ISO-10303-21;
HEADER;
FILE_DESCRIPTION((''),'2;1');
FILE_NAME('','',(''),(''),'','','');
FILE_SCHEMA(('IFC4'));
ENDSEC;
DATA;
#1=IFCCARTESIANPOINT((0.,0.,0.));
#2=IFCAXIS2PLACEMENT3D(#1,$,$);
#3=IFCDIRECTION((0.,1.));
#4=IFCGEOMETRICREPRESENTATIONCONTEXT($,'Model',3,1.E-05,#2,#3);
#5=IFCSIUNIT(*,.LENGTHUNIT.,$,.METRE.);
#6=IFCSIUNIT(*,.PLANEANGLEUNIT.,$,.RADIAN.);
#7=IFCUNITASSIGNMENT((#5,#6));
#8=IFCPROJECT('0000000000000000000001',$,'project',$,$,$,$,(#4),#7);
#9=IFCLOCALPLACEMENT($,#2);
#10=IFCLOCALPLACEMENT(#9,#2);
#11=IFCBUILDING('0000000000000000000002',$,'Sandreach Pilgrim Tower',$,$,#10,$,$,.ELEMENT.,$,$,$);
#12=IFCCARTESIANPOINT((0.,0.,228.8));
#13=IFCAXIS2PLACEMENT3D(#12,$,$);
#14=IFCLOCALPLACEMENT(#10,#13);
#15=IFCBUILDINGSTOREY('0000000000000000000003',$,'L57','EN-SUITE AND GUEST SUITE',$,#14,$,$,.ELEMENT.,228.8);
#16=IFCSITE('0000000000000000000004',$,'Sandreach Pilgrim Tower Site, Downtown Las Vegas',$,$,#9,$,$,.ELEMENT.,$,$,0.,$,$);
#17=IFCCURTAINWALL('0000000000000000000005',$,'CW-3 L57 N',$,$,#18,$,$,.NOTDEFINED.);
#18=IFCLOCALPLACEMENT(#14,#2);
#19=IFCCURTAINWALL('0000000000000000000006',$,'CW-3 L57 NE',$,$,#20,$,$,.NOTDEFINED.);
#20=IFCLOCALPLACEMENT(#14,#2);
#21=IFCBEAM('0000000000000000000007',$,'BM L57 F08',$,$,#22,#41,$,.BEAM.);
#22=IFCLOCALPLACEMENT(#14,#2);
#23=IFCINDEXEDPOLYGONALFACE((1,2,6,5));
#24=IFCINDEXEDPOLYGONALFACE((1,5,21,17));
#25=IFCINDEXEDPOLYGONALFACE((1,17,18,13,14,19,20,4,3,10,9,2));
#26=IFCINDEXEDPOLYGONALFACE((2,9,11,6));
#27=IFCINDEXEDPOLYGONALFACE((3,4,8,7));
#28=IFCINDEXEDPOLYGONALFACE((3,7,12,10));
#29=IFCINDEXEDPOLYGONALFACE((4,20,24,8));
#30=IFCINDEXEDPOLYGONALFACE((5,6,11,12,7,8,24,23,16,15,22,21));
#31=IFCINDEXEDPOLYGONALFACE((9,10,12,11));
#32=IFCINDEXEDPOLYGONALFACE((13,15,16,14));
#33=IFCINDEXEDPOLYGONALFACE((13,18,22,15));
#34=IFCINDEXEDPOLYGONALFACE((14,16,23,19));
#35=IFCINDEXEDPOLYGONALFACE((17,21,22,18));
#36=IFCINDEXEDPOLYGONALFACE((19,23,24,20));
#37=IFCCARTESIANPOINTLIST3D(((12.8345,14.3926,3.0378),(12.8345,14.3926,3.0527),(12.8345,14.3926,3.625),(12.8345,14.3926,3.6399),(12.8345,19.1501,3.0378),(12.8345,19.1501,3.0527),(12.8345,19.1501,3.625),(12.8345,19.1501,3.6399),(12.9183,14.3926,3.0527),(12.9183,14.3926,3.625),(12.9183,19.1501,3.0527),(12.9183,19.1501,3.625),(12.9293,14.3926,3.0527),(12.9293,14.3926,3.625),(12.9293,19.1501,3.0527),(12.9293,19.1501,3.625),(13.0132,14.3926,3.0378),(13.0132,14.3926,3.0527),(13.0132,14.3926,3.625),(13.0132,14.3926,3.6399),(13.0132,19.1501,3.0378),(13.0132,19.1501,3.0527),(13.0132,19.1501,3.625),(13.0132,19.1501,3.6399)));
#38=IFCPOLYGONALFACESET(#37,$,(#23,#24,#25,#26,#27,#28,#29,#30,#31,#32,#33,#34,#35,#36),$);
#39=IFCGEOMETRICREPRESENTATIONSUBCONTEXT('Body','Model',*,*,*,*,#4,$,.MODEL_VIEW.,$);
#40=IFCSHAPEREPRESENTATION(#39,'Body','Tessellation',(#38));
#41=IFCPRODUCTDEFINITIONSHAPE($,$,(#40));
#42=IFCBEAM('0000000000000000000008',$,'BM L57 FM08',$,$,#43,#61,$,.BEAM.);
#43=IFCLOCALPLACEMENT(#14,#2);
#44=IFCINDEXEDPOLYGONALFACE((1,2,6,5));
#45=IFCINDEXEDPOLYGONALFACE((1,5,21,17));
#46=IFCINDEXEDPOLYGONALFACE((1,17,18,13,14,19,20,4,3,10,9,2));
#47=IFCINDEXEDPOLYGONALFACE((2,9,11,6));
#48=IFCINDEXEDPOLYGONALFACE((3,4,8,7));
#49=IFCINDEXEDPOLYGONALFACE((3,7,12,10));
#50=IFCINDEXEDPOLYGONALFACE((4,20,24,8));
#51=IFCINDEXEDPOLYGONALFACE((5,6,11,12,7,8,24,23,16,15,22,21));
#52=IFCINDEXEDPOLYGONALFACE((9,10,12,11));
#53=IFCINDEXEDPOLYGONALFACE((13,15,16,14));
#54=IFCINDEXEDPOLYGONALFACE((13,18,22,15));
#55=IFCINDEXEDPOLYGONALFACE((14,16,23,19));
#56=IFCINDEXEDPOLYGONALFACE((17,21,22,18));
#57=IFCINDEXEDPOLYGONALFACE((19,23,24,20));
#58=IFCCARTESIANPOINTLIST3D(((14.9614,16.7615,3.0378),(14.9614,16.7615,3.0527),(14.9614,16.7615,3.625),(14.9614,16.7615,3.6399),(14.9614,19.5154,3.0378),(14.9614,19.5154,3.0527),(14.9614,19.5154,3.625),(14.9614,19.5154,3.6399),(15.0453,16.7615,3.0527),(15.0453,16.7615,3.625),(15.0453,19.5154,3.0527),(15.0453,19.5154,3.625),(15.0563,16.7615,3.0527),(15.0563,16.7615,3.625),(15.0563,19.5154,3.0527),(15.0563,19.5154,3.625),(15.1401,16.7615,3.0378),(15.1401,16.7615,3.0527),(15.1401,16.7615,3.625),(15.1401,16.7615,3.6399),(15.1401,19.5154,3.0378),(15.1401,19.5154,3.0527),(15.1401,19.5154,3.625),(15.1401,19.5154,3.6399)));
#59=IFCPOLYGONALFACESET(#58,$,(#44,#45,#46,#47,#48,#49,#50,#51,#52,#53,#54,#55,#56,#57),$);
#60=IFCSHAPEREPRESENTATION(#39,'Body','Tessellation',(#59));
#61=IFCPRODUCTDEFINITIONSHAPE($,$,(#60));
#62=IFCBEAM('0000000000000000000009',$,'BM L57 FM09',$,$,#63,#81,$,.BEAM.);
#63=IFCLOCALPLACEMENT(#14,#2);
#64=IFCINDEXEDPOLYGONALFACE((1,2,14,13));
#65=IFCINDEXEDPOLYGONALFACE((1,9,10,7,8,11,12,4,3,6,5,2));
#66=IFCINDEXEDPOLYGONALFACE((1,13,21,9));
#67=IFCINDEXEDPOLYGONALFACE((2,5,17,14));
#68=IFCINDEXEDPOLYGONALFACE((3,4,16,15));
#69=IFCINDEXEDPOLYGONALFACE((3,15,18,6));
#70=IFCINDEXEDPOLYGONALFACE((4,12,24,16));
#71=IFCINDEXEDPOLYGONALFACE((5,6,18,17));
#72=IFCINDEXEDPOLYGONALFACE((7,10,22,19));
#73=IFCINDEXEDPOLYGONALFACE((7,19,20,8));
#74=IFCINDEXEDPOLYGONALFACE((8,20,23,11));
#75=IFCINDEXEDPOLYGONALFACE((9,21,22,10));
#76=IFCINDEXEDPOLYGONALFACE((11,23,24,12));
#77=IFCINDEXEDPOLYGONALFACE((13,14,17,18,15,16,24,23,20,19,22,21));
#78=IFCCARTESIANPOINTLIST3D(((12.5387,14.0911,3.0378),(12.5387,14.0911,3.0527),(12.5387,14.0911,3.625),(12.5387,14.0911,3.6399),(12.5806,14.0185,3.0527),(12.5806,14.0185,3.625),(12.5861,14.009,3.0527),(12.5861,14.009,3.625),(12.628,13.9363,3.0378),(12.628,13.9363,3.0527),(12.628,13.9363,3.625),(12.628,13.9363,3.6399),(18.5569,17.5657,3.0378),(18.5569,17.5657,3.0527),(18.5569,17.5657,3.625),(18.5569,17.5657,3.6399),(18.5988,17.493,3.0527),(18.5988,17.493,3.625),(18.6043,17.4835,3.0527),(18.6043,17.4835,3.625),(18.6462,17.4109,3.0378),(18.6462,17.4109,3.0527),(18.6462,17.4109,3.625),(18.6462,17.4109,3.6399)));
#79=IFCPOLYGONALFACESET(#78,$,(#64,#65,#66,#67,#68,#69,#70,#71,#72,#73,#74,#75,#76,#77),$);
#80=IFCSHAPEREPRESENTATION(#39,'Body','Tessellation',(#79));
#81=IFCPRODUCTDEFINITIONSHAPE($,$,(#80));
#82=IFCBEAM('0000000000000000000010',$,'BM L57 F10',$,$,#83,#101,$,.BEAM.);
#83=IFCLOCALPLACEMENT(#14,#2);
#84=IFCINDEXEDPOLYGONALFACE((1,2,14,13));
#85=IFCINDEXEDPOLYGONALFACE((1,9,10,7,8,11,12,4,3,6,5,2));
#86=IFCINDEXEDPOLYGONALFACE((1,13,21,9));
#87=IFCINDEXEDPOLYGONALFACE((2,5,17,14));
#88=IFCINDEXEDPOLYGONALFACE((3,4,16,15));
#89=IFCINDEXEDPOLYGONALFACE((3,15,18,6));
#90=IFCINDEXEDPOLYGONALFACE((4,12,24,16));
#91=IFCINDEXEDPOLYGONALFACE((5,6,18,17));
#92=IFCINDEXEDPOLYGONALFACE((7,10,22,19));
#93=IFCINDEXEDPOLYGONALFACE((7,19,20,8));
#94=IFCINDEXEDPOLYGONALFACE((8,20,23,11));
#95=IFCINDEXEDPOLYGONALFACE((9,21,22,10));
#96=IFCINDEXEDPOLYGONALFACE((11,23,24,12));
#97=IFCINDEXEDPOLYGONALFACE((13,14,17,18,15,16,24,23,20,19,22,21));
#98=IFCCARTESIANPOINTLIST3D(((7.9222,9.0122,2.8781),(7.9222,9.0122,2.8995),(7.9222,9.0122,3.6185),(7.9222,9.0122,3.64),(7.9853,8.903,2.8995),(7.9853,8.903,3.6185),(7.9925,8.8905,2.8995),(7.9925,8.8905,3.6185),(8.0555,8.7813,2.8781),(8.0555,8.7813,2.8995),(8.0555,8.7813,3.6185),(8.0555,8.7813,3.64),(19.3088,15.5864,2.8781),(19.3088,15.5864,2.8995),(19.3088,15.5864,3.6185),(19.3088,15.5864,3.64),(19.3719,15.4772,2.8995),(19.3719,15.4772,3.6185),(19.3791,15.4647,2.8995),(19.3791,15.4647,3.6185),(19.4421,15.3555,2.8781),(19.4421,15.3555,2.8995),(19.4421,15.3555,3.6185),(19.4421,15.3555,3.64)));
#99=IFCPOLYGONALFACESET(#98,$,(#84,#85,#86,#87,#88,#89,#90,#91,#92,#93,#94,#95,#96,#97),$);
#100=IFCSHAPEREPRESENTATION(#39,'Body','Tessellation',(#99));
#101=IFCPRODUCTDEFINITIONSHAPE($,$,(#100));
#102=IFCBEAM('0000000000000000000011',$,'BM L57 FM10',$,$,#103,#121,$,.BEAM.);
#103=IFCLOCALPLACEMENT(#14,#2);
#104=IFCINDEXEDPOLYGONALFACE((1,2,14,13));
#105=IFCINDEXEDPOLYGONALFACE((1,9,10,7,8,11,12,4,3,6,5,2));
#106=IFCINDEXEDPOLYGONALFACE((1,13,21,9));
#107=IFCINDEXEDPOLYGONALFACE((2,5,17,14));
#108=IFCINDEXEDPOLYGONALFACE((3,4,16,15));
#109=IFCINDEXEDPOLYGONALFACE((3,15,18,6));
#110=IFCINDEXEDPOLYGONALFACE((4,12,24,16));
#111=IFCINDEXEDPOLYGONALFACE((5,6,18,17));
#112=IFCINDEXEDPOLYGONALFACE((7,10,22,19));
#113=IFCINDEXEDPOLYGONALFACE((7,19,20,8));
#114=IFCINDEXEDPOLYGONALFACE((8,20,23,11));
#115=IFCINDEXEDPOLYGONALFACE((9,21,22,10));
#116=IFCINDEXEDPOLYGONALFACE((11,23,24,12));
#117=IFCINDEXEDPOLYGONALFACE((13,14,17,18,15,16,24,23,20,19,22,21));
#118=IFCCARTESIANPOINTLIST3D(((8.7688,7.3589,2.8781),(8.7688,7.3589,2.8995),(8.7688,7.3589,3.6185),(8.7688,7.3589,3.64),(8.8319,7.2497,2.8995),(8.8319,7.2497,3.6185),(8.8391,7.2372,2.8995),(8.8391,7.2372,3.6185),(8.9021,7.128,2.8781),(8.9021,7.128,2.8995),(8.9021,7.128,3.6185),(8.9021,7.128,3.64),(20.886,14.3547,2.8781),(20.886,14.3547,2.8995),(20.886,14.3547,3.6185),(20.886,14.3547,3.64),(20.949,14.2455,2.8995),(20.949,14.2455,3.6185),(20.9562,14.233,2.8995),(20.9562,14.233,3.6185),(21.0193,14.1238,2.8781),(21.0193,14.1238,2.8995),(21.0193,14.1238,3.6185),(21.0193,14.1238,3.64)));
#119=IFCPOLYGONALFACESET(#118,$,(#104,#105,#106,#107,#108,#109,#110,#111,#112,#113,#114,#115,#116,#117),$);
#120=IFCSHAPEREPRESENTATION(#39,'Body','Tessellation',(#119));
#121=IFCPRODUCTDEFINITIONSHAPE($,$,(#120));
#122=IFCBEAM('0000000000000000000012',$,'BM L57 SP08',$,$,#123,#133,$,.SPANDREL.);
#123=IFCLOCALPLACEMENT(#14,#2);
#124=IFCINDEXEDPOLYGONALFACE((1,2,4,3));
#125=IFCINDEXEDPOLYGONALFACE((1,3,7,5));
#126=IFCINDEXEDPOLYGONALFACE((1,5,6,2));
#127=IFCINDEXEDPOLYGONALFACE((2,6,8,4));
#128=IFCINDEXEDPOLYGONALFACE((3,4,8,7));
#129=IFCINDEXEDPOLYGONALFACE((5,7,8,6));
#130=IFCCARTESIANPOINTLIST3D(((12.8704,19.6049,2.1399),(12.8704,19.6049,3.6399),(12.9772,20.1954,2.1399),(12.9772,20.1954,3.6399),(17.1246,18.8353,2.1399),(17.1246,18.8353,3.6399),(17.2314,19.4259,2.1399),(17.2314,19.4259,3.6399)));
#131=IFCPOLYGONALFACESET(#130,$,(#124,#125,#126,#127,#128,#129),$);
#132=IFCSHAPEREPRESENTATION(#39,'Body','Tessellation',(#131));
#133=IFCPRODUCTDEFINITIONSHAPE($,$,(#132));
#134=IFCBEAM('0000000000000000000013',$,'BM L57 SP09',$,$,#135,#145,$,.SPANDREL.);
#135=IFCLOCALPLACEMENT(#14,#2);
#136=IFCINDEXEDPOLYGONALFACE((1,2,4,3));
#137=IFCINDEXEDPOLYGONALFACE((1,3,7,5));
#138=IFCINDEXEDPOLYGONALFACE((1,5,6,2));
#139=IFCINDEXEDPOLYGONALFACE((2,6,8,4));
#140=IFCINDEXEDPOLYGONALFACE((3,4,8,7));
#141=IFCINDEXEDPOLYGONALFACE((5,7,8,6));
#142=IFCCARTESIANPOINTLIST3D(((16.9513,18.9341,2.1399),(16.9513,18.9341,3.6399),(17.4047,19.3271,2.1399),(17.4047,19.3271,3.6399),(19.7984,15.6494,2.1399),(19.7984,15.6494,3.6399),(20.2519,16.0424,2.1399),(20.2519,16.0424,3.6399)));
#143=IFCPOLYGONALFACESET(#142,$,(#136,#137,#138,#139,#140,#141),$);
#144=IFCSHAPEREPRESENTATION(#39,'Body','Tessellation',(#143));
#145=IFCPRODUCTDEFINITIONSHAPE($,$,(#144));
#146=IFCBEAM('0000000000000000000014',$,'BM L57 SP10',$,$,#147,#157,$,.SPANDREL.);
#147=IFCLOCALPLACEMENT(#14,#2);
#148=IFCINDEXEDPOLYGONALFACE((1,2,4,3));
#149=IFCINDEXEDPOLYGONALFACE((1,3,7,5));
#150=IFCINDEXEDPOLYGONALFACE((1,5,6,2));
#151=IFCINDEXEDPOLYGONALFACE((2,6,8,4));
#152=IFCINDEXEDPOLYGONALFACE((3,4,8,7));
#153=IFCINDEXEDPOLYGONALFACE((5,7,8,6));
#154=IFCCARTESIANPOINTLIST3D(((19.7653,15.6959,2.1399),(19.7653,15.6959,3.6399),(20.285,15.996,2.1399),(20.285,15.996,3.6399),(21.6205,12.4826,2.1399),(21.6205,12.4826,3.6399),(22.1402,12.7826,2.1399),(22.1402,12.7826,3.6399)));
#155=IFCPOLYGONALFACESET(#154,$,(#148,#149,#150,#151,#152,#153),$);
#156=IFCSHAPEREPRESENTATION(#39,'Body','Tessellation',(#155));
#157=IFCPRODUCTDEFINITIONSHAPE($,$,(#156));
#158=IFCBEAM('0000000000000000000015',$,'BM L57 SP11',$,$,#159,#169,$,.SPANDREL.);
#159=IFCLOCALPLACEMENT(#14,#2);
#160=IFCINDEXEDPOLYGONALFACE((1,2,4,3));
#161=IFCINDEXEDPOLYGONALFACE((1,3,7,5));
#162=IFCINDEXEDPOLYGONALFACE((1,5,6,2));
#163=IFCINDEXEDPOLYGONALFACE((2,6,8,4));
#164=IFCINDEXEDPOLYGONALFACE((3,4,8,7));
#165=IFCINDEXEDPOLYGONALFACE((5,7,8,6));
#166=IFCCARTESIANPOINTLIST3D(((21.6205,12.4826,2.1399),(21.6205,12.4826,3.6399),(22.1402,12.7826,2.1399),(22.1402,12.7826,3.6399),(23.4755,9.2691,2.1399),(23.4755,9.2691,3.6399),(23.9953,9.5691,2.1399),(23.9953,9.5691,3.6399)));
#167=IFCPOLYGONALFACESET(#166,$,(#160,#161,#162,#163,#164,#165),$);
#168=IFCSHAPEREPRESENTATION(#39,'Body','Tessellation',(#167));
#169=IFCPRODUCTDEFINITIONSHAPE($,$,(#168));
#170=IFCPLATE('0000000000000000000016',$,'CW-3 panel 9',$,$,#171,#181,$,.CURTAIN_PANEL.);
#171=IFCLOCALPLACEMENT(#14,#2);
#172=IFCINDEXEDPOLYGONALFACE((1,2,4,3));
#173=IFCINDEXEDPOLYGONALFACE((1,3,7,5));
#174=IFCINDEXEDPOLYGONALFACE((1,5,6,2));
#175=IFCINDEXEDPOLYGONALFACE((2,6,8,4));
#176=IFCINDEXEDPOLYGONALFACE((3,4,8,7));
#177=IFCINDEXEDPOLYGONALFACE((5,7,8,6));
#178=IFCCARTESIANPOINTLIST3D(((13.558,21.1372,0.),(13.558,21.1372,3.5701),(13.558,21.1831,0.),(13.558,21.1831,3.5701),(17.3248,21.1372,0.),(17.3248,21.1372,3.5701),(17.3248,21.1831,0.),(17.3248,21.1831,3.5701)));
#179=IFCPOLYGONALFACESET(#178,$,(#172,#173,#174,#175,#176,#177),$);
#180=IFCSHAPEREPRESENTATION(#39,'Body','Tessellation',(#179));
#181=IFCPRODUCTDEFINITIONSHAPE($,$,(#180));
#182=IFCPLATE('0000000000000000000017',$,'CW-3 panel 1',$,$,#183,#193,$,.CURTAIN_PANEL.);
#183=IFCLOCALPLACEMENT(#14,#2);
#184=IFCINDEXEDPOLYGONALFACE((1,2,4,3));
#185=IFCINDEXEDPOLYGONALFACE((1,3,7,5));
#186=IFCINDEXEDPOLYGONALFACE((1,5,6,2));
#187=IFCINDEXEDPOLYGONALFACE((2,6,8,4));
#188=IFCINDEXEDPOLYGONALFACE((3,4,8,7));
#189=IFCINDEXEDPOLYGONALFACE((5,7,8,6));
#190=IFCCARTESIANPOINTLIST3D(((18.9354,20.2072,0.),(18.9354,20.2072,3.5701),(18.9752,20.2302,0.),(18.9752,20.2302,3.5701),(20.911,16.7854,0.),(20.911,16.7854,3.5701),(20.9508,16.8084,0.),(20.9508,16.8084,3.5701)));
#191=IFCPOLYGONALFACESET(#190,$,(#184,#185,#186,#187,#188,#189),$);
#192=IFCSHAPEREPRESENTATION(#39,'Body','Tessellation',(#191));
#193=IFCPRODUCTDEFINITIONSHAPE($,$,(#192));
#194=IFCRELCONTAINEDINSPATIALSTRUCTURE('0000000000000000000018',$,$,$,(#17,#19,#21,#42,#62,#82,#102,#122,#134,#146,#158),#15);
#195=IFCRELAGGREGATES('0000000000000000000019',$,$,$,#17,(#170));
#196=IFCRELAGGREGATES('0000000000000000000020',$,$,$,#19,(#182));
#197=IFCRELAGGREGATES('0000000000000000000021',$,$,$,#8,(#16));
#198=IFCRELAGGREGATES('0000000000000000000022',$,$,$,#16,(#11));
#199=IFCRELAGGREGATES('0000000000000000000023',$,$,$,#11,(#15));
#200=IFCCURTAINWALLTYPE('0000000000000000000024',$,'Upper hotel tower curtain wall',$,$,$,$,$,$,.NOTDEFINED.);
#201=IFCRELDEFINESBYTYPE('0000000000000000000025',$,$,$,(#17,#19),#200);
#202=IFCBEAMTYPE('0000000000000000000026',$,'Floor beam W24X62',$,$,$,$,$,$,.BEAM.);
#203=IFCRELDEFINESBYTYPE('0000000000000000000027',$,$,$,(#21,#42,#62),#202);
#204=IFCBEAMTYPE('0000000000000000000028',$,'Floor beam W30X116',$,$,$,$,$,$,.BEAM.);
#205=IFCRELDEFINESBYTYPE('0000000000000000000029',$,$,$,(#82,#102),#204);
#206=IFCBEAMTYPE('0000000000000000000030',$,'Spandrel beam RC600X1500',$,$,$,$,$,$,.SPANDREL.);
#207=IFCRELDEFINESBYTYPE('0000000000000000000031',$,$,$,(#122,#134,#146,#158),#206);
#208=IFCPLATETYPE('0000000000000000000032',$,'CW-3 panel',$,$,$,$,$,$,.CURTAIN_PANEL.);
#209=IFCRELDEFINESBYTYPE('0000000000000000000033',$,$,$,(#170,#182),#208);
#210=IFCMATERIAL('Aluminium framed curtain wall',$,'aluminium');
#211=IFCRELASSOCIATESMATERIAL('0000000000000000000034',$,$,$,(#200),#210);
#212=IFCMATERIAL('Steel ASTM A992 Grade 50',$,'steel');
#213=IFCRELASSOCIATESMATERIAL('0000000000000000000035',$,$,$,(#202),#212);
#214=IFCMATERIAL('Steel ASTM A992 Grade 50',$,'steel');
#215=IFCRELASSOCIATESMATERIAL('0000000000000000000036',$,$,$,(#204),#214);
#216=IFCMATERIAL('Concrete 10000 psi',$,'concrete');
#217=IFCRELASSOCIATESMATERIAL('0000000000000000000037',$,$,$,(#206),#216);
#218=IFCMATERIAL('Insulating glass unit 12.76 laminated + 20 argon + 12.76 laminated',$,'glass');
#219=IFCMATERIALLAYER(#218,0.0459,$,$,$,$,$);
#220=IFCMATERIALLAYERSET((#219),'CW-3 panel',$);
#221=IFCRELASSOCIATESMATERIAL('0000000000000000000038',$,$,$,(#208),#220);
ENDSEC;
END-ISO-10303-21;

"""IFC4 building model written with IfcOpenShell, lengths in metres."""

from ifc_helpers import new_model, si_unit, direction, frame, origin, origin_2d, place, context, subcontext, project, spatial, rectangle, i_section, extrude, material, layer, layer_set, material_profile, profile_set, type_object, element, aggregate, save


model = new_model("IFC4")

# Units and contexts
model_context = context("Model", 3, precision=1e-05, world=origin(), true_north=direction((0.0, 1.0)))
body_context = subcontext(model_context, "Body", "Model", "MODEL_VIEW")
ifc_project = project(units=[si_unit("LENGTHUNIT", "METRE"), si_unit("PLANEANGLEUNIT", "RADIAN")], contexts=[model_context])

# Site, building, storey
site_placement = place(None, origin())
site = spatial("IfcSite", under=ifc_project, at=site_placement, Name="Sandreach Pilgrim Tower Site, Downtown Las Vegas", CompositionType="ELEMENT", RefElevation=0.0)
building_placement = place(site_placement, origin())
building = spatial("IfcBuilding", under=site, at=building_placement, Name="Sandreach Pilgrim Tower", CompositionType="ELEMENT")
storey_placement = place(building_placement, frame((0.0, 0.0, 228.8)))
storey = spatial("IfcBuildingStorey", under=building, at=storey_placement, Name="L57", Description="EN-SUITE AND GUEST SUITE", CompositionType="ELEMENT", Elevation=228.8)

# Curtain walls
ifc_material_1 = material(Name="Aluminium framed curtain wall", Category="aluminium")
curtain_wall_type = type_object("IfcCurtainWallType", Name="Upper hotel tower curtain wall", PredefinedType="NOTDEFINED", material=ifc_material_1)
curtain_wall_1_placement = place(storey_placement, origin())
curtain_wall_1 = element("IfcCurtainWall", 1, at=curtain_wall_1_placement, inside=storey, type_object=curtain_wall_type, Name="CW-3 L57 N", PredefinedType="NOTDEFINED")
curtain_wall_2_placement = place(storey_placement, origin())
curtain_wall_2 = element("IfcCurtainWall", 2, at=curtain_wall_2_placement, inside=storey, type_object=curtain_wall_type, Name="CW-3 L57 NE", PredefinedType="NOTDEFINED")

# Beams
ifc_material_2 = material(Name="Steel ASTM A992 Grade 50", Category="steel")
ifc_material_profile_1 = material_profile(ifc_material_2, i_section(OverallWidth=0.1787, OverallDepth=0.6021, WebThickness=0.011, FlangeThickness=0.0149, at=origin_2d()), Name="W24X62")
ifc_profile_set_1 = profile_set([ifc_material_profile_1], Name="Steel ASTM A992 Grade 50")
beam_type_1 = type_object("IfcBeamType", Name="Floor beam W24X62", PredefinedType="BEAM", material=ifc_profile_set_1)
beam_1_placement = place(storey_placement, frame((12.9238, 19.1501, 3.3389), z_axis=(0.0, -1.0, 0.0), x_axis=(1.0, 0.0, 0.0)))
element("IfcBeam", 3, at=beam_1_placement, inside=storey, type_object=beam_type_1, Name="BM L57 F08", PredefinedType="BEAM", context=body_context, shape_type="SweptSolid", body=[
    extrude(i_section(OverallWidth=0.1787, OverallDepth=0.6021, WebThickness=0.011, FlangeThickness=0.0149, at=origin_2d()), origin(), (0.0, 0.0, 1.0), 4.7576),
])
beam_2_placement = place(storey_placement, frame((15.0508, 19.5154, 3.3389), z_axis=(0.0, -1.0, 0.0), x_axis=(1.0, 0.0, 0.0)))
element("IfcBeam", 4, at=beam_2_placement, inside=storey, type_object=beam_type_1, Name="BM L57 FM08", PredefinedType="BEAM", context=body_context, shape_type="SweptSolid", body=[
    extrude(i_section(OverallWidth=0.1787, OverallDepth=0.6021, WebThickness=0.011, FlangeThickness=0.0149, at=origin_2d()), origin(), (0.0, 0.0, 1.0), 2.7539),
])
beam_3_placement = place(storey_placement, frame((18.6016, 17.4883, 3.3389), z_axis=(-0.866029, -0.499993, 0.0), x_axis=(0.499993, -0.866029, 0.0)))
element("IfcBeam", 5, at=beam_3_placement, inside=storey, type_object=beam_type_1, Name="BM L57 FM09", PredefinedType="BEAM", context=body_context, shape_type="SweptSolid", body=[
    extrude(i_section(OverallWidth=0.1787, OverallDepth=0.6021, WebThickness=0.011, FlangeThickness=0.0149, at=origin_2d()), origin(), (0.0, 0.0, 1.0), 6.9492),
])
ifc_material_3 = material(Name="Steel ASTM A992 Grade 50", Category="steel")
ifc_material_profile_2 = material_profile(ifc_material_3, i_section(OverallWidth=0.2666, OverallDepth=0.762, WebThickness=0.0144, FlangeThickness=0.0215, at=origin_2d()), Name="W30X116")
ifc_profile_set_2 = profile_set([ifc_material_profile_2], Name="Steel ASTM A992 Grade 50")
beam_type_2 = type_object("IfcBeamType", Name="Floor beam W30X116", PredefinedType="BEAM", material=ifc_profile_set_2)
beam_4_placement = place(storey_placement, frame((19.3755, 15.4709, 3.259), z_axis=(-0.866022, -0.500005, 0.0), x_axis=(0.500005, -0.866022, 0.0)))
element("IfcBeam", 6, at=beam_4_placement, inside=storey, type_object=beam_type_2, Name="BM L57 F10", PredefinedType="BEAM", context=body_context, shape_type="SweptSolid", body=[
    extrude(i_section(OverallWidth=0.2666, OverallDepth=0.762, WebThickness=0.0144, FlangeThickness=0.0215, at=origin_2d()), origin(), (0.0, 0.0, 1.0), 13.1482),
])
beam_5_placement = place(storey_placement, frame((20.9526, 14.2393, 3.259), z_axis=(-0.866026, -0.499999, 0.0), x_axis=(0.499999, -0.866026, 0.0)))
element("IfcBeam", 7, at=beam_5_placement, inside=storey, type_object=beam_type_2, Name="BM L57 FM10", PredefinedType="BEAM", context=body_context, shape_type="SweptSolid", body=[
    extrude(i_section(OverallWidth=0.2666, OverallDepth=0.762, WebThickness=0.0144, FlangeThickness=0.0215, at=origin_2d()), origin(), (0.0, 0.0, 1.0), 13.9917),
])
ifc_material_4 = material(Name="Concrete 10000 psi", Category="concrete")
ifc_material_profile_3 = material_profile(ifc_material_4, rectangle(XDim=0.6001, YDim=1.5, at=origin_2d()), Name="RC600X1500")
ifc_profile_set_3 = profile_set([ifc_material_profile_3], Name="Concrete 10000 psi")
beam_type_3 = type_object("IfcBeamType", Name="Spandrel beam RC600X1500", PredefinedType="SPANDREL", material=ifc_profile_set_3)
beam_6_placement = place(storey_placement, frame((12.9238, 19.9001, 2.8899), z_axis=(0.98403, -0.178001, 0.0), x_axis=(0.178001, 0.98403, 0.0)))
element("IfcBeam", 8, at=beam_6_placement, inside=storey, type_object=beam_type_3, Name="BM L57 SP08", PredefinedType="SPANDREL", context=body_context, shape_type="SweptSolid", body=[
    extrude(rectangle(XDim=0.6001, YDim=1.5, at=origin_2d()), origin(), (0.0, 0.0, 1.0), 4.3232),
])
beam_7_placement = place(storey_placement, frame((17.178, 19.1306, 2.8899), z_axis=(0.65499, -0.755637, 0.0), x_axis=(0.755637, 0.65499, 0.0)))
element("IfcBeam", 9, at=beam_7_placement, inside=storey, type_object=beam_type_3, Name="BM L57 SP09", PredefinedType="SPANDREL", context=body_context, shape_type="SweptSolid", body=[
    extrude(rectangle(XDim=0.6001, YDim=1.5, at=origin_2d()), origin(), (0.0, 0.0, 1.0), 4.3469),
])
for number, where, z_axis, x_axis, name in (
    (10, (20.0251, 15.8459, 2.8899), (0.499996, -0.866028, 0.0), (0.866028, 0.499996, 0.0), "BM L57 SP10"),
    (11, (21.8804, 12.6326, 2.8899), (0.499946, -0.866056, 0.0), (0.866056, 0.499946, 0.0), "BM L57 SP11"),
):
    element("IfcBeam", number, at=place(storey_placement, frame(where, z_axis=z_axis, x_axis=x_axis)), inside=storey, type_object=beam_type_3, Name=name, PredefinedType="SPANDREL", context=body_context, shape_type="SweptSolid", body=[
        extrude(rectangle(XDim=0.6001, YDim=1.5, at=origin_2d()), origin(), (0.0, 0.0, 1.0), 3.7104),
    ])

# Plates
ifc_material_5 = material(Name="Insulating glass unit 12.76 laminated + 20 argon + 12.76 laminated", Category="glass")
ifc_layer_1 = layer(ifc_material_5, 0.0459)
ifc_layer_set_1 = layer_set([ifc_layer_1], Name="CW-3 panel")
plate_type = type_object("IfcPlateType", Name="CW-3 panel", PredefinedType="CURTAIN_PANEL", material=ifc_layer_set_1)
plate_1_placement = place(storey_placement, frame((15.4414, 21.1602, 0.0), z_axis=(0.0, 0.0, 1.0), x_axis=(1.0, 0.0, 0.0)))
plate_1 = element("IfcPlate", 12, at=plate_1_placement, type_object=plate_type, Name="CW-3 panel 9", PredefinedType="CURTAIN_PANEL", context=body_context, shape_type="SweptSolid", body=[
    extrude(rectangle(XDim=3.7668, YDim=0.0459, at=origin_2d()), origin(), (0.0, 0.0, 1.0), 3.5701),
])
aggregate(curtain_wall_1, [plate_1])
plate_2_placement = place(storey_placement, frame((19.9431, 18.5078, 0.0), z_axis=(0.0, 0.0, 1.0), x_axis=(0.5, -0.866025, 0.0)))
plate_2 = element("IfcPlate", 13, at=plate_2_placement, type_object=plate_type, Name="CW-3 panel 1", PredefinedType="CURTAIN_PANEL", context=body_context, shape_type="SweptSolid", body=[
    extrude(rectangle(XDim=3.9512, YDim=0.0459, at=origin_2d()), origin(), (0.0, 0.0, 1.0), 3.5701),
])
aggregate(curtain_wall_2, [plate_2])

save(model, "model.ifc")
